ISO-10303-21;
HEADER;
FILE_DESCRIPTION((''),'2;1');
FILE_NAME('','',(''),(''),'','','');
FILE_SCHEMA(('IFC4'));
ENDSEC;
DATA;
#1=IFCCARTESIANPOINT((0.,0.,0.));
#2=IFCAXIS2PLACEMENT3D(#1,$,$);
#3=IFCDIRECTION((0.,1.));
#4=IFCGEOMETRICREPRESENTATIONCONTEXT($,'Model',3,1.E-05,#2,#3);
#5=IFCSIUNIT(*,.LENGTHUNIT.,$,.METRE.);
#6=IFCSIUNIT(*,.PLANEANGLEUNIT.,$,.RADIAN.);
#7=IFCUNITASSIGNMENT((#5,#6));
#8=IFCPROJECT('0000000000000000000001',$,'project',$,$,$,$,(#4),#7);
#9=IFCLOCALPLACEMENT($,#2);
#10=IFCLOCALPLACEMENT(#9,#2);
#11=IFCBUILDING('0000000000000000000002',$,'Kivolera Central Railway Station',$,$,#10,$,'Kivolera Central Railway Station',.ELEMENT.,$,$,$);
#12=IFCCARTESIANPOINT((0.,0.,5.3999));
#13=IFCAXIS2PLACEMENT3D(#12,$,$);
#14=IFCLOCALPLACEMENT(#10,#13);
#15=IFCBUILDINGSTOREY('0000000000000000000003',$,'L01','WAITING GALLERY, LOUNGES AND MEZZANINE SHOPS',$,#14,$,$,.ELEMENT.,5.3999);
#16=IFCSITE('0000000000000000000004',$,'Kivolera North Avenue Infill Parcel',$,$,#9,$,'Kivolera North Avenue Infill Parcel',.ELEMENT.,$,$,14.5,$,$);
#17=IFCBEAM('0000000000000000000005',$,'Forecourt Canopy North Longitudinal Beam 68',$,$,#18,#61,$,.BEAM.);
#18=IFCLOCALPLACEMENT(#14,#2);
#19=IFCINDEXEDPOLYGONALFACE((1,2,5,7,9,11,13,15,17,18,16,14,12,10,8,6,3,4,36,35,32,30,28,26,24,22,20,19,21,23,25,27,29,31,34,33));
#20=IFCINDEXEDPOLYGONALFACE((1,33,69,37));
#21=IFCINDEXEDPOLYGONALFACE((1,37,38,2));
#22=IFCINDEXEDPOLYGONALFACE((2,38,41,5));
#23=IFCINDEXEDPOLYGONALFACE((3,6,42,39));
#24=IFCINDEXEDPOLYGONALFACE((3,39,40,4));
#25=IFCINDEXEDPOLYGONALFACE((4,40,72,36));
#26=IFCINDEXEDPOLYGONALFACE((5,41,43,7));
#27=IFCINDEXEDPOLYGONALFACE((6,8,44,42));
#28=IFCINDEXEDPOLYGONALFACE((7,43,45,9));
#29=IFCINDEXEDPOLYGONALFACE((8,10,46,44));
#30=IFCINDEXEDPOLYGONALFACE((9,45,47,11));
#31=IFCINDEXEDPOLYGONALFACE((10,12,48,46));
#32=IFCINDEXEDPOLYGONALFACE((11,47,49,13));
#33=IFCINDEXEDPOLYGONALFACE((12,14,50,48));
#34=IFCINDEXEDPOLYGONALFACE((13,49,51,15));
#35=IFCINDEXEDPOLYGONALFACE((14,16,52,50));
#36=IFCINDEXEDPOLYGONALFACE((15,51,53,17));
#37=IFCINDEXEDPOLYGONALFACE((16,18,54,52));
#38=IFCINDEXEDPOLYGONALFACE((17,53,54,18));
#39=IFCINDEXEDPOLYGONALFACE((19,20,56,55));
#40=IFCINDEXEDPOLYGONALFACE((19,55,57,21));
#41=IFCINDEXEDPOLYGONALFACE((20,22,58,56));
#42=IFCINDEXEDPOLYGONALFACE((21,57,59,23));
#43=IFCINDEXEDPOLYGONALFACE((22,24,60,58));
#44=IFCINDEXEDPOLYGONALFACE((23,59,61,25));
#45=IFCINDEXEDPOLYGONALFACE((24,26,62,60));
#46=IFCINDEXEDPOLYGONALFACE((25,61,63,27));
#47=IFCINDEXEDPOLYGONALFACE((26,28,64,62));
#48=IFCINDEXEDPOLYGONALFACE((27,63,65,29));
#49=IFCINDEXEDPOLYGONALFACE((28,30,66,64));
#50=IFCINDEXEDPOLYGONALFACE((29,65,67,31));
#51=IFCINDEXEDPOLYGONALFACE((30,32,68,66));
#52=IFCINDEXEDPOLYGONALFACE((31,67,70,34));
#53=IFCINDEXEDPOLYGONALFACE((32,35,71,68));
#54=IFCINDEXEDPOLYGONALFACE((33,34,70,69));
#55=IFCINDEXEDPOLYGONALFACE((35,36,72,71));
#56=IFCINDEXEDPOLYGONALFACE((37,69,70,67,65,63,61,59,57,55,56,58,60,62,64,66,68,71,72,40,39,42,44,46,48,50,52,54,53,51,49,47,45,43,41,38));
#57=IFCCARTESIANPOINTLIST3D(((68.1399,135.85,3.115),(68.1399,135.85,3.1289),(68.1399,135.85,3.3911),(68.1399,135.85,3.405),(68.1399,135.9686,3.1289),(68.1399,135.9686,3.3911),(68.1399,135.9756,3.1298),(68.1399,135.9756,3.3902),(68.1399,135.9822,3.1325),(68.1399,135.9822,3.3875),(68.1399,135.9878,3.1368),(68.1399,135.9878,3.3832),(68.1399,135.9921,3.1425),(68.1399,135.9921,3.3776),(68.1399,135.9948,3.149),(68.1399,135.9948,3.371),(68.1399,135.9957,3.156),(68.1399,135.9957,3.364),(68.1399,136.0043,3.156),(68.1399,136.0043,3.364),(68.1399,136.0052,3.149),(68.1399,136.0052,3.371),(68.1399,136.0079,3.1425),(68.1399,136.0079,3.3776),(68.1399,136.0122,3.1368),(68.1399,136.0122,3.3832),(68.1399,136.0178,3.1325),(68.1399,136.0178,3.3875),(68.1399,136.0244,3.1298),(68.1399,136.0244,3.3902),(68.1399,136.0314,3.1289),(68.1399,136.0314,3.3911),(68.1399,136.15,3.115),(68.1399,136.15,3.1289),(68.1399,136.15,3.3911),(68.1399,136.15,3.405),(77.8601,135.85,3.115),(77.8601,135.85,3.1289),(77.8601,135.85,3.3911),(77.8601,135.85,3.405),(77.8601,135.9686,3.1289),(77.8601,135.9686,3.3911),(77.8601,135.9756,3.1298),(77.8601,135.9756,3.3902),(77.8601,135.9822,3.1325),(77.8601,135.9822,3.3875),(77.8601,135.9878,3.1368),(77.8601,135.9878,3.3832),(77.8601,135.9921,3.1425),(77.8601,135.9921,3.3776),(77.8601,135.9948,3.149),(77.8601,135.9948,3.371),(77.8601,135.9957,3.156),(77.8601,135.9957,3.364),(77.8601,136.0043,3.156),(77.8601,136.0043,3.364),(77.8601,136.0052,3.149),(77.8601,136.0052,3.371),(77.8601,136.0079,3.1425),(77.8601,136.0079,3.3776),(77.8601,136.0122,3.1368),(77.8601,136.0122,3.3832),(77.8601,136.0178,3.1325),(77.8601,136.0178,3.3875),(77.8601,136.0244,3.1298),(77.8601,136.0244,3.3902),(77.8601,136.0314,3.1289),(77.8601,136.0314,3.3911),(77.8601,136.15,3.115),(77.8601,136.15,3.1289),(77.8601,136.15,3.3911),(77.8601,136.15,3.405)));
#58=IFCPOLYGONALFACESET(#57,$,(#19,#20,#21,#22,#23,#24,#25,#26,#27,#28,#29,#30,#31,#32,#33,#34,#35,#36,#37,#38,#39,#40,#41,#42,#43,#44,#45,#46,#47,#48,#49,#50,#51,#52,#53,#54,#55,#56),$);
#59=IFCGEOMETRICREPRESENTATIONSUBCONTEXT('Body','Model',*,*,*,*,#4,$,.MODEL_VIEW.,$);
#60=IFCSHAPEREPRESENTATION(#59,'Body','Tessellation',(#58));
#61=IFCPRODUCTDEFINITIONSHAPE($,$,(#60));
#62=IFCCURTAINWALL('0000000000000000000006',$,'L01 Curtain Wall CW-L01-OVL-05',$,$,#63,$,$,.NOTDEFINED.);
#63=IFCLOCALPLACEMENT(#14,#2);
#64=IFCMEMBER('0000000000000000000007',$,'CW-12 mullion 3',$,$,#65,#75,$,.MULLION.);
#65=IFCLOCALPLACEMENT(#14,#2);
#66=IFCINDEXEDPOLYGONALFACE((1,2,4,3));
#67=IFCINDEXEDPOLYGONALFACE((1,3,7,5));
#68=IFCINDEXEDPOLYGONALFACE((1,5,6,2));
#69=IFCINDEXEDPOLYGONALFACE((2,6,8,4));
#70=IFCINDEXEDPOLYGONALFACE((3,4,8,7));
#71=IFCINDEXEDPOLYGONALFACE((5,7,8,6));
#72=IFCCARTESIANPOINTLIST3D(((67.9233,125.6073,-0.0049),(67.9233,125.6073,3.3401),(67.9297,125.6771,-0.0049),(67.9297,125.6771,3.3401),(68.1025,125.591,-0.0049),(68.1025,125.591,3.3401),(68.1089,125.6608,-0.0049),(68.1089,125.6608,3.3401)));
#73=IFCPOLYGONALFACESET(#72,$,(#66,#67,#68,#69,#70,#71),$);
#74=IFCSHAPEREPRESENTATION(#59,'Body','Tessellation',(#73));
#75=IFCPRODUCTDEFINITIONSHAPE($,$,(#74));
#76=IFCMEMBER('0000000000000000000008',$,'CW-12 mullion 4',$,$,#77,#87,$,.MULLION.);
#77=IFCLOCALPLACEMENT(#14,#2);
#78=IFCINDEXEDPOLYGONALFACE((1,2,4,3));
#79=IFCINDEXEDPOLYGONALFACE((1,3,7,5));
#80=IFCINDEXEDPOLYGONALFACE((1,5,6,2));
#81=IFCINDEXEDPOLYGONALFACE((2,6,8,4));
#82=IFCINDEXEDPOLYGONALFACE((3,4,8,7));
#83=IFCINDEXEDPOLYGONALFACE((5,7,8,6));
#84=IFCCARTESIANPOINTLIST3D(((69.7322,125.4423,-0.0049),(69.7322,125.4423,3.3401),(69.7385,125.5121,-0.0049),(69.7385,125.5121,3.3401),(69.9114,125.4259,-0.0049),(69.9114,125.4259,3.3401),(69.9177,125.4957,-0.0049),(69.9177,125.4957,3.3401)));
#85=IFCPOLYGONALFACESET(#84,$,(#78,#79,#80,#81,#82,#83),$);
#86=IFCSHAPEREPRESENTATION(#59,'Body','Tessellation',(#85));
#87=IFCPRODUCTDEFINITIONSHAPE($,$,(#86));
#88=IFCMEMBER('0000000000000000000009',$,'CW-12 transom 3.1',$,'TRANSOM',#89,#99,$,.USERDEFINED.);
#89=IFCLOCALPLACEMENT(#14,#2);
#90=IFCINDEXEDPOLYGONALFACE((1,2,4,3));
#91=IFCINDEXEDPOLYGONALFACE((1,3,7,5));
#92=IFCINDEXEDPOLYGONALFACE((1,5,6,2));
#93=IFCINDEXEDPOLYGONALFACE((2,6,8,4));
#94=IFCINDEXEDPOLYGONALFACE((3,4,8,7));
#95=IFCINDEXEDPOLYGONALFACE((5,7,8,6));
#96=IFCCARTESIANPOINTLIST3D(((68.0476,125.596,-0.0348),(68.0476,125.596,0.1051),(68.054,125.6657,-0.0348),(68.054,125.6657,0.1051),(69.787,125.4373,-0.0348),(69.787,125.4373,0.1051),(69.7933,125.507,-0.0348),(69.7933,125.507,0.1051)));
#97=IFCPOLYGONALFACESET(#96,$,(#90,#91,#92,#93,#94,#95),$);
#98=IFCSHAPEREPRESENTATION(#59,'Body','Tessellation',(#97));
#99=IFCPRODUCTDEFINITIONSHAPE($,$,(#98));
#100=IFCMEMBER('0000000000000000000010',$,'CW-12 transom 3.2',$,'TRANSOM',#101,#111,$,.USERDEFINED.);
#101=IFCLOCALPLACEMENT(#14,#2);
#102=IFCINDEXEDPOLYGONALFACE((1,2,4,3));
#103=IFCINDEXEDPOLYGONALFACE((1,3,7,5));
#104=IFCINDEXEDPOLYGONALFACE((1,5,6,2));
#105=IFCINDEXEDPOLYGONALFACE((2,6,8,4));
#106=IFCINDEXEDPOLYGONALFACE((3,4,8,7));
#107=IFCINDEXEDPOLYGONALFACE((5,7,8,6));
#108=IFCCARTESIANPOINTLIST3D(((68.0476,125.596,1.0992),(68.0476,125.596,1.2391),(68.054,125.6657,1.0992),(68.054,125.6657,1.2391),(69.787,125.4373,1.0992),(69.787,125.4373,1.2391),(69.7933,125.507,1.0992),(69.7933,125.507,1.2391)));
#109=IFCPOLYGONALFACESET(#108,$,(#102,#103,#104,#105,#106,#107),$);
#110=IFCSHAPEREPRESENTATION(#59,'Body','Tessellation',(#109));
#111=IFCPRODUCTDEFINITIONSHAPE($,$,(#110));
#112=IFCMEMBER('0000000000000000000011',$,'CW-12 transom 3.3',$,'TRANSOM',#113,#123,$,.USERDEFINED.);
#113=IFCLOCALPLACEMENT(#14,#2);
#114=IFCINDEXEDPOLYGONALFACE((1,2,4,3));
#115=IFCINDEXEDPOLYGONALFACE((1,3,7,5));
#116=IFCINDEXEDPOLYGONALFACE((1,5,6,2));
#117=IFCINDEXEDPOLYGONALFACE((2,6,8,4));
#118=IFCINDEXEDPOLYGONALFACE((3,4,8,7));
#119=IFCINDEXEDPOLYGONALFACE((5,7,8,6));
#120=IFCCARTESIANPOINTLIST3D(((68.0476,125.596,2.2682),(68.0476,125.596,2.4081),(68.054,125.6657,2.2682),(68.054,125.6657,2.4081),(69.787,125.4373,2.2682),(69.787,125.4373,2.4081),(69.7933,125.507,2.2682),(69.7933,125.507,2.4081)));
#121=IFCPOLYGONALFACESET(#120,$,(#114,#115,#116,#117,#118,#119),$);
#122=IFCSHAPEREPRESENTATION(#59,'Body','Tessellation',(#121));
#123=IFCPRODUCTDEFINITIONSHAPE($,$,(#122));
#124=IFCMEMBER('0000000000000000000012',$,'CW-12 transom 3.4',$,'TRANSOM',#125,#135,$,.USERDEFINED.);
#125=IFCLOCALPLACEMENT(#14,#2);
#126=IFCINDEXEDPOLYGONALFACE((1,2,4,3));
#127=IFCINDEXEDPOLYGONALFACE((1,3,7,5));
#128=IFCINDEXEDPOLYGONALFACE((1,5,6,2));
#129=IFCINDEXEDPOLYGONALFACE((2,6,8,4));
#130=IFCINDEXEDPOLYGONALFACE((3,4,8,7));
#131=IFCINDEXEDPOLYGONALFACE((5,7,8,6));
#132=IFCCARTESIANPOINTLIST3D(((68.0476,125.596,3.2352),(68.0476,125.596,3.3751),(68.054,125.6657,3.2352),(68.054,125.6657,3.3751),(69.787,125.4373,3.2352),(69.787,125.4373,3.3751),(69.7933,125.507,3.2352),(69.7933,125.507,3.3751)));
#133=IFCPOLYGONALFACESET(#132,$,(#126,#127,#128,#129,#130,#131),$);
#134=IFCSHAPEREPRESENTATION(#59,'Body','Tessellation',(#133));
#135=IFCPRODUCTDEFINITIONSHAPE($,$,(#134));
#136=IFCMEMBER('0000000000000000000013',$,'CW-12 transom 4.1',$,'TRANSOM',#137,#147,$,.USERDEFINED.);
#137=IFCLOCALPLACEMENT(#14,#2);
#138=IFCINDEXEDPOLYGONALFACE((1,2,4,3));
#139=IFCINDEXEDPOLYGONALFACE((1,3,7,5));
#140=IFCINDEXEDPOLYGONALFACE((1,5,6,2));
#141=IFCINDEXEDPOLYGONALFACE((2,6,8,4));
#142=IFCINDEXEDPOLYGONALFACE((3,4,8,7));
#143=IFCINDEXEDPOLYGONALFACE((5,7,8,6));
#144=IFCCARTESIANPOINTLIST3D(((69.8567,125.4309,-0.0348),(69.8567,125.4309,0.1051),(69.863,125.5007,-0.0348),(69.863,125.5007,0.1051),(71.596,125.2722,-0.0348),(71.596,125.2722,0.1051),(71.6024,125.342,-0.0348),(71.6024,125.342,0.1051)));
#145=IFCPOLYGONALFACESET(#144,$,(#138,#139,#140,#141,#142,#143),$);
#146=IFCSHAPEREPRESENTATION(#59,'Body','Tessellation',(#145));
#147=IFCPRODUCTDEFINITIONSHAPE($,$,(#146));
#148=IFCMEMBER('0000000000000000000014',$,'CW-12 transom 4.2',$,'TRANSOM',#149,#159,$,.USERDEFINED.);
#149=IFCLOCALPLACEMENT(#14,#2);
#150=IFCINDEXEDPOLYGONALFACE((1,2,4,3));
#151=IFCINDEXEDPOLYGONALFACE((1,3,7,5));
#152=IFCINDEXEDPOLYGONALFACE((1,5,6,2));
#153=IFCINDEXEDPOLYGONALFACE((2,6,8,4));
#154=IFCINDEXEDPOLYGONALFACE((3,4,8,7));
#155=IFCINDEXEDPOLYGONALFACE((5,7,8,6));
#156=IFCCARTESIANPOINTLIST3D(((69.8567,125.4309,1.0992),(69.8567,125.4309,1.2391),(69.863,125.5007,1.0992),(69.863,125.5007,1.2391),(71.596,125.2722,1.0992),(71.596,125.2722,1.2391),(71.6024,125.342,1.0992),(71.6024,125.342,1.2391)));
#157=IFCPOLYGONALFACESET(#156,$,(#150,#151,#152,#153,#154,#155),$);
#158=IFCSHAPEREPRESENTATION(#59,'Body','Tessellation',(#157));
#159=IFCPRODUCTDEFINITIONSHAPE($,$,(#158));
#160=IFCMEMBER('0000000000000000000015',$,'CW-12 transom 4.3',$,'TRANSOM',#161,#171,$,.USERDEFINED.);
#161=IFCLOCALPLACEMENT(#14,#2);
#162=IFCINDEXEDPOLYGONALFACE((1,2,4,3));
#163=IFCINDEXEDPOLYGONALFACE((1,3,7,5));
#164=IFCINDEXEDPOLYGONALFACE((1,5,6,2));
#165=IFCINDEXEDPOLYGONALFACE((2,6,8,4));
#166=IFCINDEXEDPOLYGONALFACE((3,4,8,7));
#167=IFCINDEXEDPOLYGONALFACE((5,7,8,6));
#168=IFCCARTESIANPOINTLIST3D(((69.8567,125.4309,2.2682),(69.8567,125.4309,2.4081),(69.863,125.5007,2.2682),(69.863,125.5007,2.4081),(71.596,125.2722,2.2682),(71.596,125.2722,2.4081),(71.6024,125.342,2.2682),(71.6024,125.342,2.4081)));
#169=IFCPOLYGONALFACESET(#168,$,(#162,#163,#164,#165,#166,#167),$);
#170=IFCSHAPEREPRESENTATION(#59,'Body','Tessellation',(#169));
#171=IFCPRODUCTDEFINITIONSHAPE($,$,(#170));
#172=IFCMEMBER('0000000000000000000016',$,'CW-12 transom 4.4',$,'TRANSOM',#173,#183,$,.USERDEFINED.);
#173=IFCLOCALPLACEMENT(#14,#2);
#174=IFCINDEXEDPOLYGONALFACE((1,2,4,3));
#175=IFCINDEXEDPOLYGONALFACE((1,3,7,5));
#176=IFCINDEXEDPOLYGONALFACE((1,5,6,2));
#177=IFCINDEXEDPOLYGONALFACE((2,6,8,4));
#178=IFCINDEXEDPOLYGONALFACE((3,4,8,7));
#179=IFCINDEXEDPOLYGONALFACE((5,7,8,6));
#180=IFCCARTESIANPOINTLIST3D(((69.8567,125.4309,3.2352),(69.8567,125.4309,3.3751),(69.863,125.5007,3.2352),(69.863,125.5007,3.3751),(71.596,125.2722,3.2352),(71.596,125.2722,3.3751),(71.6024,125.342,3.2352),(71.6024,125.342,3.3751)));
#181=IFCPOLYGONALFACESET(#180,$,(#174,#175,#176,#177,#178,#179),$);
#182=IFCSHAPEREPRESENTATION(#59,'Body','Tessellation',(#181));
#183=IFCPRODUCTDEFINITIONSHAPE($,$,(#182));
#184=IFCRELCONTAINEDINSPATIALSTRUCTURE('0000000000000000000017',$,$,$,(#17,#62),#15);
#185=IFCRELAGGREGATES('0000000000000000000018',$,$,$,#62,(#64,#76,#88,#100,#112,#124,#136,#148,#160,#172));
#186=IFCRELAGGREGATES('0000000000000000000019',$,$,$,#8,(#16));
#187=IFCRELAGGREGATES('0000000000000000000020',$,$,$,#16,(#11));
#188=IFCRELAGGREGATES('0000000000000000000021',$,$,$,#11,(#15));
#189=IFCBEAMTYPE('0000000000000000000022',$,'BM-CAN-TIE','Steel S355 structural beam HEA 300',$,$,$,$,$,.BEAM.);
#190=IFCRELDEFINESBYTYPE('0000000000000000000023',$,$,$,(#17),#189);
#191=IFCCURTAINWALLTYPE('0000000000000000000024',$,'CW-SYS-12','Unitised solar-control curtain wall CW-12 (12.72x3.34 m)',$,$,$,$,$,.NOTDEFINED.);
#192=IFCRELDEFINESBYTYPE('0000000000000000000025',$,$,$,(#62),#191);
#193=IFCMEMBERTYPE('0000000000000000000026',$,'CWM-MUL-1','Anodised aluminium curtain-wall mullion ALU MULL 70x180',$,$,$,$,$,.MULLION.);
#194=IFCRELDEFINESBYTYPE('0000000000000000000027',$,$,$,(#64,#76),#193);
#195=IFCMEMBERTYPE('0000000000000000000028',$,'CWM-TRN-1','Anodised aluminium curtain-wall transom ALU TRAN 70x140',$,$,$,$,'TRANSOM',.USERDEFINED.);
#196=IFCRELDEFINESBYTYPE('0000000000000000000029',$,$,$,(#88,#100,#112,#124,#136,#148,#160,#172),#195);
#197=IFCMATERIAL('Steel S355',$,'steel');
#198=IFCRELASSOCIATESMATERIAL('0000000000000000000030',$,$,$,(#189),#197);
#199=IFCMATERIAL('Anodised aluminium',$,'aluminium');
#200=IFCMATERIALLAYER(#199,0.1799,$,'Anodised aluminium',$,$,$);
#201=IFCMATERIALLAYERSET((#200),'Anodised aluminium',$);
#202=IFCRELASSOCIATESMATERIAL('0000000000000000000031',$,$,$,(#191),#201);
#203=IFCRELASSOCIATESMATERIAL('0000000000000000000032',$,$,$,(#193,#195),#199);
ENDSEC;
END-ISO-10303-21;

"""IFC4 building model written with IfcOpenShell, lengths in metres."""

from ifc_helpers import new_model, si_unit, direction, frame, origin, origin_2d, place, context, subcontext, project, spatial, rectangle, i_section, extrude, material, layer, layer_set, material_profile, profile_set, type_object, element, aggregate, save


model = new_model("IFC4")

# Units and contexts
model_context = context("Model", 3, precision=1e-05, world=origin(), true_north=direction((0.0, 1.0)))
body_context = subcontext(model_context, "Body", "Model", "MODEL_VIEW")
ifc_project = project(units=[si_unit("LENGTHUNIT", "METRE"), si_unit("PLANEANGLEUNIT", "RADIAN")], contexts=[model_context])

# Site, building, storey
site_placement = place(None, origin())
site = spatial("IfcSite", under=ifc_project, at=site_placement, Name="Kivolera North Avenue Infill Parcel", LongName="Kivolera North Avenue Infill Parcel", CompositionType="ELEMENT", RefElevation=14.5)
building_placement = place(site_placement, origin())
building = spatial("IfcBuilding", under=site, at=building_placement, Name="Kivolera Central Railway Station", LongName="Kivolera Central Railway Station", CompositionType="ELEMENT")
storey_placement = place(building_placement, frame((0.0, 0.0, 5.3999)))
storey = spatial("IfcBuildingStorey", under=building, at=storey_placement, Name="L01", Description="WAITING GALLERY, LOUNGES AND MEZZANINE SHOPS", CompositionType="ELEMENT", Elevation=5.3999)

# Beam
ifc_material_1 = material(Name="Steel S355", Category="steel")
ifc_material_profile_1 = material_profile(ifc_material_1, i_section(OverallWidth=0.3, OverallDepth=0.29, WebThickness=0.0085, FlangeThickness=0.0139, FilletRadius=0.0271, at=origin_2d()), Name="HEA 300")
ifc_profile_set_1 = profile_set([ifc_material_profile_1], Name="Steel S355")
beam_type = type_object("IfcBeamType", Name="BM-CAN-TIE", Description="Steel S355 structural beam HEA 300", PredefinedType="BEAM", material=ifc_profile_set_1)
beam_placement = place(storey_placement, frame((68.1399, 136.0, 3.26), z_axis=(1.0, 0.0, 0.0), x_axis=(0.0, 1.0, 0.0)))
element("IfcBeam", 1, at=beam_placement, inside=storey, type_object=beam_type, Name="Forecourt Canopy North Longitudinal Beam 68", PredefinedType="BEAM", context=body_context, shape_type="SweptSolid", body=[
    extrude(i_section(OverallWidth=0.3, OverallDepth=0.29, WebThickness=0.0085, FlangeThickness=0.0139, FilletRadius=0.0271, at=origin_2d()), origin(), (0.0, 0.0, 1.0), 9.7202),
])

# Curtain wall, members
ifc_material_2 = material(Name="Anodised aluminium", Category="aluminium")
ifc_layer_1 = layer(ifc_material_2, 0.1799, Name="Anodised aluminium")
ifc_layer_set_1 = layer_set([ifc_layer_1], Name="Anodised aluminium")
curtain_wall_type = type_object("IfcCurtainWallType", Name="CW-SYS-12", Description="Unitised solar-control curtain wall CW-12 (12.72x3.34 m)", PredefinedType="NOTDEFINED", material=ifc_layer_set_1)
curtain_wall_placement = place(storey_placement, origin())
curtain_wall = element("IfcCurtainWall", 2, at=curtain_wall_placement, inside=storey, type_object=curtain_wall_type, Name="L01 Curtain Wall CW-L01-OVL-05", PredefinedType="NOTDEFINED")
ifc_material_profile_2 = material_profile(ifc_material_2, rectangle(XDim=0.0701, YDim=0.1799, at=origin_2d()), Name="ALU MULL 70x180")
ifc_profile_set_2 = profile_set([ifc_material_profile_2], Name="Anodised aluminium")
member_type_1 = type_object("IfcMemberType", Name="CWM-MUL-1", Description="Anodised aluminium curtain-wall mullion ALU MULL 70x180", PredefinedType="MULLION", material=ifc_profile_set_2)
member_1_placement = place(storey_placement, frame((68.0161, 125.634, -0.0049), z_axis=(0.0, 0.0, 1.0), x_axis=(0.090834, 0.995866, 0.0)))
member_1 = element("IfcMember", 3, at=member_1_placement, type_object=member_type_1, Name="CW-12 mullion 3", PredefinedType="MULLION", context=body_context, shape_type="SweptSolid", body=[
    extrude(rectangle(XDim=0.0701, YDim=0.1799, at=origin_2d()), origin(), (0.0, 0.0, 1.0), 3.345),
])
member_2_placement = place(storey_placement, frame((69.825, 125.469, -0.0049), z_axis=(0.0, 0.0, 1.0), x_axis=(0.090834, 0.995866, 0.0)))
member_2 = element("IfcMember", 4, at=member_2_placement, type_object=member_type_1, Name="CW-12 mullion 4", PredefinedType="MULLION", context=body_context, shape_type="SweptSolid", body=[
    extrude(rectangle(XDim=0.0701, YDim=0.1799, at=origin_2d()), origin(), (0.0, 0.0, 1.0), 3.345),
])
ifc_material_profile_3 = material_profile(ifc_material_2, rectangle(XDim=0.0701, YDim=0.1399, at=origin_2d()), Name="ALU TRAN 70x140")
ifc_profile_set_3 = profile_set([ifc_material_profile_3], Name="Anodised aluminium")
member_type_2 = type_object("IfcMemberType", Name="CWM-TRN-1", Description="Anodised aluminium curtain-wall transom ALU TRAN 70x140", ElementType="TRANSOM", PredefinedType="USERDEFINED", material=ifc_profile_set_3)
member_3_placement = place(storey_placement, frame((68.0508, 125.6309, 0.0352), z_axis=(0.995863, -0.090863, 0.0), x_axis=(0.090863, 0.995863, 0.0)))
member_3 = element("IfcMember", 5, at=member_3_placement, type_object=member_type_2, Name="CW-12 transom 3.1", ObjectType="TRANSOM", PredefinedType="USERDEFINED", context=body_context, shape_type="SweptSolid", body=[
    extrude(rectangle(XDim=0.0701, YDim=0.1399, at=origin_2d()), origin(), (0.0, 0.0, 1.0), 1.7466),
])
member_4_placement = place(storey_placement, frame((68.0508, 125.6309, 1.1692), z_axis=(0.995863, -0.090863, 0.0), x_axis=(0.090863, 0.995863, 0.0)))
member_4 = element("IfcMember", 6, at=member_4_placement, type_object=member_type_2, Name="CW-12 transom 3.2", ObjectType="TRANSOM", PredefinedType="USERDEFINED", context=body_context, shape_type="SweptSolid", body=[
    extrude(rectangle(XDim=0.0701, YDim=0.1399, at=origin_2d()), origin(), (0.0, 0.0, 1.0), 1.7466),
])
member_5_placement = place(storey_placement, frame((68.0508, 125.6309, 2.3381), z_axis=(0.995863, -0.090863, 0.0), x_axis=(0.090863, 0.995863, 0.0)))
member_5 = element("IfcMember", 7, at=member_5_placement, type_object=member_type_2, Name="CW-12 transom 3.3", ObjectType="TRANSOM", PredefinedType="USERDEFINED", context=body_context, shape_type="SweptSolid", body=[
    extrude(rectangle(XDim=0.0701, YDim=0.1399, at=origin_2d()), origin(), (0.0, 0.0, 1.0), 1.7466),
])
member_6_placement = place(storey_placement, frame((68.0508, 125.6309, 3.3052), z_axis=(0.995863, -0.090863, 0.0), x_axis=(0.090863, 0.995863, 0.0)))
member_6 = element("IfcMember", 8, at=member_6_placement, type_object=member_type_2, Name="CW-12 transom 3.4", ObjectType="TRANSOM", PredefinedType="USERDEFINED", context=body_context, shape_type="SweptSolid", body=[
    extrude(rectangle(XDim=0.0701, YDim=0.1399, at=origin_2d()), origin(), (0.0, 0.0, 1.0), 1.7466),
])
member_7_placement = place(storey_placement, frame((69.8599, 125.4658, 0.0352), z_axis=(0.995863, -0.090863, 0.0), x_axis=(0.090863, 0.995863, 0.0)))
member_7 = element("IfcMember", 9, at=member_7_placement, type_object=member_type_2, Name="CW-12 transom 4.1", ObjectType="TRANSOM", PredefinedType="USERDEFINED", context=body_context, shape_type="SweptSolid", body=[
    extrude(rectangle(XDim=0.0701, YDim=0.1399, at=origin_2d()), origin(), (0.0, 0.0, 1.0), 1.7466),
])
member_8_placement = place(storey_placement, frame((69.8599, 125.4658, 1.1692), z_axis=(0.995863, -0.090863, 0.0), x_axis=(0.090863, 0.995863, 0.0)))
member_8 = element("IfcMember", 10, at=member_8_placement, type_object=member_type_2, Name="CW-12 transom 4.2", ObjectType="TRANSOM", PredefinedType="USERDEFINED", context=body_context, shape_type="SweptSolid", body=[
    extrude(rectangle(XDim=0.0701, YDim=0.1399, at=origin_2d()), origin(), (0.0, 0.0, 1.0), 1.7466),
])
member_9_placement = place(storey_placement, frame((69.8599, 125.4658, 2.3381), z_axis=(0.995863, -0.090863, 0.0), x_axis=(0.090863, 0.995863, 0.0)))
member_9 = element("IfcMember", 11, at=member_9_placement, type_object=member_type_2, Name="CW-12 transom 4.3", ObjectType="TRANSOM", PredefinedType="USERDEFINED", context=body_context, shape_type="SweptSolid", body=[
    extrude(rectangle(XDim=0.0701, YDim=0.1399, at=origin_2d()), origin(), (0.0, 0.0, 1.0), 1.7466),
])
member_10_placement = place(storey_placement, frame((69.8599, 125.4658, 3.3052), z_axis=(0.995863, -0.090863, 0.0), x_axis=(0.090863, 0.995863, 0.0)))
member_10 = element("IfcMember", 12, at=member_10_placement, type_object=member_type_2, Name="CW-12 transom 4.4", ObjectType="TRANSOM", PredefinedType="USERDEFINED", context=body_context, shape_type="SweptSolid", body=[
    extrude(rectangle(XDim=0.0701, YDim=0.1399, at=origin_2d()), origin(), (0.0, 0.0, 1.0), 1.7466),
])

aggregate(curtain_wall, [member_1, member_2, member_3, member_4, member_5, member_6, member_7, member_8, member_9, member_10])

save(model, "model.ifc")
